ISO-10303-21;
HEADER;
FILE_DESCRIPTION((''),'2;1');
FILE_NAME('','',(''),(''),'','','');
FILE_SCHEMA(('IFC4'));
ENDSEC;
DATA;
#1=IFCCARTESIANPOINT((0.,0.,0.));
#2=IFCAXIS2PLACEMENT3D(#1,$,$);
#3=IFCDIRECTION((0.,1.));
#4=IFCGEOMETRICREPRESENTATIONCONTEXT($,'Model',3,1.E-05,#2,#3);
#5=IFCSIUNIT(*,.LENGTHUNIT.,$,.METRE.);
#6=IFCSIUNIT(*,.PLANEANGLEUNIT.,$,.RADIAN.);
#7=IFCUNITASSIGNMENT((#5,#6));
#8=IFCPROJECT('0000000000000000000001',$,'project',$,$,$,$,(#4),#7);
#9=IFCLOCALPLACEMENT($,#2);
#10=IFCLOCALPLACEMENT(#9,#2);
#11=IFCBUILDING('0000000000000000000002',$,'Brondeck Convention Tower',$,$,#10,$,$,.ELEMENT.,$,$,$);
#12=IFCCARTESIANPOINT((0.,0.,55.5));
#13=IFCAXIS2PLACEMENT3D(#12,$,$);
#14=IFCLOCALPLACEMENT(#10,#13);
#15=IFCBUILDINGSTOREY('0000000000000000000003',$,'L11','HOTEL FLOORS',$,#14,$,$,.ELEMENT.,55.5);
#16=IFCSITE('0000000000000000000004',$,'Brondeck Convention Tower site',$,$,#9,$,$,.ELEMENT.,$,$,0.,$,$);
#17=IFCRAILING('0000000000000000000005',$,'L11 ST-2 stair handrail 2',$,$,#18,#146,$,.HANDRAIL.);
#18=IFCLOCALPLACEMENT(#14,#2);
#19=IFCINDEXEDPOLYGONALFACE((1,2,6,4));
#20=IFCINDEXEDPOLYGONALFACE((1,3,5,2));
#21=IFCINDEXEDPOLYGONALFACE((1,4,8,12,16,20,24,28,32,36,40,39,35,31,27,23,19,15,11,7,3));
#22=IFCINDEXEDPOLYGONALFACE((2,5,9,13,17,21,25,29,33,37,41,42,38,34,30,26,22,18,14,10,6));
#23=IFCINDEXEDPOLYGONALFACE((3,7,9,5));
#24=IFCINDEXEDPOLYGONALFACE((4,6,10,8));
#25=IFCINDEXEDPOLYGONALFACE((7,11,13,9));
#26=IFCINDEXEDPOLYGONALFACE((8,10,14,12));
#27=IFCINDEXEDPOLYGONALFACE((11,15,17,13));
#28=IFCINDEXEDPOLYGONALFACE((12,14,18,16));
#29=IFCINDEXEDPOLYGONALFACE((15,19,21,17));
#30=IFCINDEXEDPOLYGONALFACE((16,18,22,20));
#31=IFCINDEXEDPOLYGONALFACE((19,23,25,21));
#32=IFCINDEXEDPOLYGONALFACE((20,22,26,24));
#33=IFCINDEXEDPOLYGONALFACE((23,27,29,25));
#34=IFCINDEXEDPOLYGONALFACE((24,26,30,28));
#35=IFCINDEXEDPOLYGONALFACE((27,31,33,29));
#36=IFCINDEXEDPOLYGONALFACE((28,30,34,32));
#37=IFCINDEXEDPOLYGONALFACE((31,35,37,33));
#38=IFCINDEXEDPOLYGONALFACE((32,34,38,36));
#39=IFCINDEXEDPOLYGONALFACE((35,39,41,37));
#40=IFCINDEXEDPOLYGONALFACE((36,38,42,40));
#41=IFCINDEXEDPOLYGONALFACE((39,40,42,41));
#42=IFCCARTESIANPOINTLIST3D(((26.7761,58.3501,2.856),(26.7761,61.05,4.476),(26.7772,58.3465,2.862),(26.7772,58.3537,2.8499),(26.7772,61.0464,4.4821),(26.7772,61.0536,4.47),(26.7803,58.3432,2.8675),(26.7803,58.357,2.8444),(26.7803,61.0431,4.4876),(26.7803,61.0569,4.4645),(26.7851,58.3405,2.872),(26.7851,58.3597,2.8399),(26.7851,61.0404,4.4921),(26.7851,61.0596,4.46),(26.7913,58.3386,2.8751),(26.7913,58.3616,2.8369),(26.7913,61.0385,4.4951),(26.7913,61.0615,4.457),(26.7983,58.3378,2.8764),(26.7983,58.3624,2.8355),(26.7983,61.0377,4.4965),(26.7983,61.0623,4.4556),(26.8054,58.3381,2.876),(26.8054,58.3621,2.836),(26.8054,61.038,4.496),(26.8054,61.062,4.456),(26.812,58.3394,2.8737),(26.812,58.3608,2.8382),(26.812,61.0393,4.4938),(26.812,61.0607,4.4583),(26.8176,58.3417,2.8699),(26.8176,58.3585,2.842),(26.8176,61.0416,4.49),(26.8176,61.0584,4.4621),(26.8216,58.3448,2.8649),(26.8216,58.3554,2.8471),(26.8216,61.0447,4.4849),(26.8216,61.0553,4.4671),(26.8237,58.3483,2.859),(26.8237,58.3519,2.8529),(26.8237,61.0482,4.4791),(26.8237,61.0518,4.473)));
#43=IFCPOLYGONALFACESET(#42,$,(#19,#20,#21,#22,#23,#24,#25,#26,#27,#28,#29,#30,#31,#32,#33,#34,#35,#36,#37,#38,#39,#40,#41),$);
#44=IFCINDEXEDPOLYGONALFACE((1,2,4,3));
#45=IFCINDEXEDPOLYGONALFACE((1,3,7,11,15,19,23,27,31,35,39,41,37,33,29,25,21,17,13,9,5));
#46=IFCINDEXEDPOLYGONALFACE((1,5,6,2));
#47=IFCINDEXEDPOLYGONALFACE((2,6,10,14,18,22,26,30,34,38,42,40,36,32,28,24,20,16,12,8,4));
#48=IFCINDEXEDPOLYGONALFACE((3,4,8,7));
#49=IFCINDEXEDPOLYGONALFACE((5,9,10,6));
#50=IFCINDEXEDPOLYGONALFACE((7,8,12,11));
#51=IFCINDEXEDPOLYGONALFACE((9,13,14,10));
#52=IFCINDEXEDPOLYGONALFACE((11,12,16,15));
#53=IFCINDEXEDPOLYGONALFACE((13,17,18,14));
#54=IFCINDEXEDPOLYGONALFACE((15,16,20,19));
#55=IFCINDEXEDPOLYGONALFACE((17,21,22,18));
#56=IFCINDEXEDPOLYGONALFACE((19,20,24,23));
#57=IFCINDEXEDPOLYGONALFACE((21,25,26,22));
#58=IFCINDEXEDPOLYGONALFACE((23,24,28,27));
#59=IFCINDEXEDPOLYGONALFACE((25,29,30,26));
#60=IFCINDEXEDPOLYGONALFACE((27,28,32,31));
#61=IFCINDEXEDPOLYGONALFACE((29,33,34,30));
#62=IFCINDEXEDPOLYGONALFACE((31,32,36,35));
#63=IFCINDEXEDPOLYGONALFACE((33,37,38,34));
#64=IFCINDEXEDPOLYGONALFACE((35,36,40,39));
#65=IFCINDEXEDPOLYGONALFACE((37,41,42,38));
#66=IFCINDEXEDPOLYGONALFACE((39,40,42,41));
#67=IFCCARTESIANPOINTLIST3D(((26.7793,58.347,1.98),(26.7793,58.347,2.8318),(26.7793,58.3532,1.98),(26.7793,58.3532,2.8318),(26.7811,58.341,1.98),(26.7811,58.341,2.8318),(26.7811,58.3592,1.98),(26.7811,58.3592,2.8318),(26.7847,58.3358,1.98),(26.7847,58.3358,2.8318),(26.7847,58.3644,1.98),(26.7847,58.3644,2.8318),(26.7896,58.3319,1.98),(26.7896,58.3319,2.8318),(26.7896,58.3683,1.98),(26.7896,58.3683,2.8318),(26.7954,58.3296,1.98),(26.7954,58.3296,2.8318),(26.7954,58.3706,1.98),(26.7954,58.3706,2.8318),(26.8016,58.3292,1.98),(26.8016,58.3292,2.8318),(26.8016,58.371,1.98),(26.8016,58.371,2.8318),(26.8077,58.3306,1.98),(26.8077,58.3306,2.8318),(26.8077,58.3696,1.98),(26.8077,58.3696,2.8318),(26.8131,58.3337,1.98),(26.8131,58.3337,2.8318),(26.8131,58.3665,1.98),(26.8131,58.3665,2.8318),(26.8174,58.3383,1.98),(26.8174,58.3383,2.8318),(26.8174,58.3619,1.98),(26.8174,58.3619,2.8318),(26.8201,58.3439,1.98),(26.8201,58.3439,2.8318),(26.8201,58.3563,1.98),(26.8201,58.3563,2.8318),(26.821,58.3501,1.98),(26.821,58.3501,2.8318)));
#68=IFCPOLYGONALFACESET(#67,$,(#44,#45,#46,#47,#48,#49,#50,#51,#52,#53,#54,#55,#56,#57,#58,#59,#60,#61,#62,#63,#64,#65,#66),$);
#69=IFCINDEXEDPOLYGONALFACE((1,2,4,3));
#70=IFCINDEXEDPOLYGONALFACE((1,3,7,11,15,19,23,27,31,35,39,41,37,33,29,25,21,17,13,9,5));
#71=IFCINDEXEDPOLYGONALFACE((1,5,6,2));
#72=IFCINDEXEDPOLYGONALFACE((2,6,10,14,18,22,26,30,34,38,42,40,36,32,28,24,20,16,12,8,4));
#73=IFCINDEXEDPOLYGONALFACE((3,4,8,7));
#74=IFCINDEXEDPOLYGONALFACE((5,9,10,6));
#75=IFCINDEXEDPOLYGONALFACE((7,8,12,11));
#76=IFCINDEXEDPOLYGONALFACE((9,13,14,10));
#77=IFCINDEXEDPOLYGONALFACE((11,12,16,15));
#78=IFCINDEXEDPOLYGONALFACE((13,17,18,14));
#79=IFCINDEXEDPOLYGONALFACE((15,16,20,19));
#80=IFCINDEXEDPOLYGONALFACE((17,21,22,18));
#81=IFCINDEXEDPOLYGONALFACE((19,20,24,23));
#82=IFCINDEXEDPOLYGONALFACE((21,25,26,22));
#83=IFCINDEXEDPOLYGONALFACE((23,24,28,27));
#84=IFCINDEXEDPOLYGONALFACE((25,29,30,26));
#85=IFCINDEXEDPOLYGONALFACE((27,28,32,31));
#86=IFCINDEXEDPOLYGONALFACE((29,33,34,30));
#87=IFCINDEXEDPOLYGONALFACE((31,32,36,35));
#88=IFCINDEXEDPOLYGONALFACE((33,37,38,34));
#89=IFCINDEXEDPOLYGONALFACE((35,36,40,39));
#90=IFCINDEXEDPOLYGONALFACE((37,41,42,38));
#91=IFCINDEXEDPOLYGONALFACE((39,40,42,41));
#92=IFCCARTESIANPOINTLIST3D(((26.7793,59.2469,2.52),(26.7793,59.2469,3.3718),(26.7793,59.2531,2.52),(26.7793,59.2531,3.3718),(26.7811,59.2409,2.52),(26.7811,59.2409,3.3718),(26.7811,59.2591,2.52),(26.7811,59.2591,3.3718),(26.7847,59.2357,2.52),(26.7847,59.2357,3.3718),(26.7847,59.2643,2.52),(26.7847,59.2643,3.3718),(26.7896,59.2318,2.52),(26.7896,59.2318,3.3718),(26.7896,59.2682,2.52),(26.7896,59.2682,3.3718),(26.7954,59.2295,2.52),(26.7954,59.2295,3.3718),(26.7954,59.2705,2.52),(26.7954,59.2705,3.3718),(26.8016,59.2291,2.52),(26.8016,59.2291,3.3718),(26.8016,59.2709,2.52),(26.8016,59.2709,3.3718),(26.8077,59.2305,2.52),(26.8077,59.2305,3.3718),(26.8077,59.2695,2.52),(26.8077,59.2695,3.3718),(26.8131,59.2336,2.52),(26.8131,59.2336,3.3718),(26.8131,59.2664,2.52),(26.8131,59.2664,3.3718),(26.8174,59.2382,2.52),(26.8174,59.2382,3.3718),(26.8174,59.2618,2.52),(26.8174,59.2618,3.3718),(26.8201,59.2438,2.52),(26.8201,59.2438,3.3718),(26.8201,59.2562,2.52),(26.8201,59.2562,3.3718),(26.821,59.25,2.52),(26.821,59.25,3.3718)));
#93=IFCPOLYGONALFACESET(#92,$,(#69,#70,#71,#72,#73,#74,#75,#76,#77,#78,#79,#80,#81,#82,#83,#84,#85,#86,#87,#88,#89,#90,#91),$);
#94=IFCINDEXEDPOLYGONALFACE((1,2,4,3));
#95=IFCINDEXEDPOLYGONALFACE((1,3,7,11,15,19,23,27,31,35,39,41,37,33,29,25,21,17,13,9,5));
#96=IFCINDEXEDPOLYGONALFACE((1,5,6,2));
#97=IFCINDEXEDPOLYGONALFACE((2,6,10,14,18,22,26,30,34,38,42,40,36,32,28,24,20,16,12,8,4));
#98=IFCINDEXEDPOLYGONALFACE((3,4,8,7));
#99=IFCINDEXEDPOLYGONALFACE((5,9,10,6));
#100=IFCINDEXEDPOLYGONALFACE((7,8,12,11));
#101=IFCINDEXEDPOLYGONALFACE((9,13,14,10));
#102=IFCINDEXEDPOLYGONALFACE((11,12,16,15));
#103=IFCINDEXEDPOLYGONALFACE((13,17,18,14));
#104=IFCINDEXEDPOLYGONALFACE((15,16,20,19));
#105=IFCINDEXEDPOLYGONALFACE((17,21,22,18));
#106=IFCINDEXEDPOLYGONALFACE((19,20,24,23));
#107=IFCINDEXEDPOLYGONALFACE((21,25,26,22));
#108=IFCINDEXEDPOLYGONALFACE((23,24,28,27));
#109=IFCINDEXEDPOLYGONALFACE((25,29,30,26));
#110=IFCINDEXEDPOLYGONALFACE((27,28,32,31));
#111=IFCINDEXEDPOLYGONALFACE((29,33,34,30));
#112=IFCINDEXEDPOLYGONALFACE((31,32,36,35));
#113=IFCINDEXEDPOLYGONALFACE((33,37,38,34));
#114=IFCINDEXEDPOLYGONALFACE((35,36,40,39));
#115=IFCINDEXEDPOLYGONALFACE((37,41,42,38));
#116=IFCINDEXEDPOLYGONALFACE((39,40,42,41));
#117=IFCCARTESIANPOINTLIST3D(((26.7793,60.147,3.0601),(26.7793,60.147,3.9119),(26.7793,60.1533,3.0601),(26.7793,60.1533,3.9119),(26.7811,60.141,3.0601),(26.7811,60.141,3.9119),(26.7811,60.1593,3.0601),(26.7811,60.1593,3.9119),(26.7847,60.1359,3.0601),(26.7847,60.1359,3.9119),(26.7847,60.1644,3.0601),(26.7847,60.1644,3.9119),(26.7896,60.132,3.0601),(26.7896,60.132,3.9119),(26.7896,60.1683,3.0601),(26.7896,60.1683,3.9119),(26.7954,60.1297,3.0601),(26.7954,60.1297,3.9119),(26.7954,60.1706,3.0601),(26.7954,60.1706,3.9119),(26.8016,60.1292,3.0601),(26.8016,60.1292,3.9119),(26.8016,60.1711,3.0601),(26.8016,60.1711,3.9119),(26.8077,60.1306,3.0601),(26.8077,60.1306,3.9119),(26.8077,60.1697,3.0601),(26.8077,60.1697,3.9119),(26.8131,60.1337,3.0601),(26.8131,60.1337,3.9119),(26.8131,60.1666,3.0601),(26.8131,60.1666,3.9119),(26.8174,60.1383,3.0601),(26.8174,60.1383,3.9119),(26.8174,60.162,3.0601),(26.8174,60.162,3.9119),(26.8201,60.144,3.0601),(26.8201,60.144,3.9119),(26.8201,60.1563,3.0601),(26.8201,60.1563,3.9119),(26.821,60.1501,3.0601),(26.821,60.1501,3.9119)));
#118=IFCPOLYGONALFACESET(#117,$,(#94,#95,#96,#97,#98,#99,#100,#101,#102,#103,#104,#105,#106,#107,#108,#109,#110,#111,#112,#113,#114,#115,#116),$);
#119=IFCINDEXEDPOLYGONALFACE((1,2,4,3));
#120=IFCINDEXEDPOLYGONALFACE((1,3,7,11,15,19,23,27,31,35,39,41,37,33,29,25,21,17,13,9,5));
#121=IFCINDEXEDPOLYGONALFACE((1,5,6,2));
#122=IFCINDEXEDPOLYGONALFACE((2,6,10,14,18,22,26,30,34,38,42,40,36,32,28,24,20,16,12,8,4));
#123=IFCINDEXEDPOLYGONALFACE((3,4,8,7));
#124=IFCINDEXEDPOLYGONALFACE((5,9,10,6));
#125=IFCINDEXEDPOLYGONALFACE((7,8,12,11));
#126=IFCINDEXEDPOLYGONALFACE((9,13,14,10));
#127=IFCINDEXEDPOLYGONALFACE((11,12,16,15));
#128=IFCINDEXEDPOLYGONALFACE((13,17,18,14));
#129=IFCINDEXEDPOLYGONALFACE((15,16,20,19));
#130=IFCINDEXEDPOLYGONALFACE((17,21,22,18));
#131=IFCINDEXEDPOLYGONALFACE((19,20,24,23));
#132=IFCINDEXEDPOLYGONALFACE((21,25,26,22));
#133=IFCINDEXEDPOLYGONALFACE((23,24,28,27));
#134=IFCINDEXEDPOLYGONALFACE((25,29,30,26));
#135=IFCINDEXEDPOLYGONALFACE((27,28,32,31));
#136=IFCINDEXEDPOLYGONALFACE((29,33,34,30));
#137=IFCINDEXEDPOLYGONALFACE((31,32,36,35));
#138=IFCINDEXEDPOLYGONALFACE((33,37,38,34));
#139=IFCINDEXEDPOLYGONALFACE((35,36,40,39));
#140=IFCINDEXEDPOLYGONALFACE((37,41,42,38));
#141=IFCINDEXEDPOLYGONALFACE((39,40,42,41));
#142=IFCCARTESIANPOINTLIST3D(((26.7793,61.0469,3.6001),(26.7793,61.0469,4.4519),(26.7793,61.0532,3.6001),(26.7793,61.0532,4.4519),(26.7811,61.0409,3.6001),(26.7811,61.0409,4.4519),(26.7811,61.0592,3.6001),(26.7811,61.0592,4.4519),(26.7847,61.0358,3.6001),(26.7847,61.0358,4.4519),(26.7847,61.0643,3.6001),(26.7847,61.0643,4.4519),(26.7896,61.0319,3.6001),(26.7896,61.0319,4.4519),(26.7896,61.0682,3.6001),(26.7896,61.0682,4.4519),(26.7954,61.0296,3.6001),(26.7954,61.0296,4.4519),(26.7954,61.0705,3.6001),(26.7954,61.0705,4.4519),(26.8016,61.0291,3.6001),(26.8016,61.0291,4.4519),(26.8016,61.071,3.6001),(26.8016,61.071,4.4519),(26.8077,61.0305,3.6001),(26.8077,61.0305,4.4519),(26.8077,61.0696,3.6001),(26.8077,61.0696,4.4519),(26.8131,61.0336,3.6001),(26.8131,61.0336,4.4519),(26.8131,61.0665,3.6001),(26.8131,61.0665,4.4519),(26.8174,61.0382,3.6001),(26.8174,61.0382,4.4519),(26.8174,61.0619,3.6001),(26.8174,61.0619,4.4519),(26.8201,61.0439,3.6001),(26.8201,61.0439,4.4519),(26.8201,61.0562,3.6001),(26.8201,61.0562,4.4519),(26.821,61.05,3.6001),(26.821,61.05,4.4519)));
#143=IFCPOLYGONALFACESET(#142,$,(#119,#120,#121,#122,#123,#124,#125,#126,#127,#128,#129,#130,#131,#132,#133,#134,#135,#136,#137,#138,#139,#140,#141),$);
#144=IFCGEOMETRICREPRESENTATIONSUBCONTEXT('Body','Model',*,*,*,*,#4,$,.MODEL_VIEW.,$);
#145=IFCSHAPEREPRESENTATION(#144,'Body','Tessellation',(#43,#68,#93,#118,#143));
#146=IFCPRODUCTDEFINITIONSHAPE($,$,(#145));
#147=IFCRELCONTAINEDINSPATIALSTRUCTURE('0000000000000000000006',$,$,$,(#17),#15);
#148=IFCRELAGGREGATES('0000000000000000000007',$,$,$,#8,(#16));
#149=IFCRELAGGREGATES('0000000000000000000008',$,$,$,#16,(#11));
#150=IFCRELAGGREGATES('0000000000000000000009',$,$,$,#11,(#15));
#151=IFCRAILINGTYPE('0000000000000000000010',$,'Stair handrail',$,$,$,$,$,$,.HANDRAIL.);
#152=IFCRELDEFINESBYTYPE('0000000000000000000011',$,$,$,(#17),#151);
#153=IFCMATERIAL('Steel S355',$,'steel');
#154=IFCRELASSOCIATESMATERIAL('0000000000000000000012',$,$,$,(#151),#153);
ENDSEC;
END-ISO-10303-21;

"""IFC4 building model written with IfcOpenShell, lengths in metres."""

from ifc_helpers import new_model, si_unit, direction, frame, origin, origin_2d, place, context, subcontext, project, spatial, circle, extrude, material, type_object, element, save


model = new_model("IFC4")

# Units and contexts
model_context = context("Model", 3, precision=1e-05, world=origin(), true_north=direction((0.0, 1.0)))
body_context = subcontext(model_context, "Body", "Model", "MODEL_VIEW")
ifc_project = project(units=[si_unit("LENGTHUNIT", "METRE"), si_unit("PLANEANGLEUNIT", "RADIAN")], contexts=[model_context])

# Site, building, storey
site_placement = place(None, origin())
site = spatial("IfcSite", under=ifc_project, at=site_placement, Name="Brondeck Convention Tower site", CompositionType="ELEMENT", RefElevation=0.0)
building_placement = place(site_placement, origin())
building = spatial("IfcBuilding", under=site, at=building_placement, Name="Brondeck Convention Tower", CompositionType="ELEMENT")
storey_placement = place(building_placement, frame((0.0, 0.0, 55.5)))
storey = spatial("IfcBuildingStorey", under=building, at=storey_placement, Name="L11", Description="HOTEL FLOORS", CompositionType="ELEMENT", Elevation=55.5)

# Railing
ifc_material_1 = material(Name="Steel S355", Category="steel")
railing_type_1 = type_object("IfcRailingType", Name="Stair handrail", PredefinedType="HANDRAIL", material=ifc_material_1)
railing_1_placement = place(storey_placement, frame((26.8, 58.3501, 1.98)))
element("IfcRailing", 1, at=railing_1_placement, inside=storey, type_object=railing_type_1, Name="L11 ST-2 stair handrail 2", PredefinedType="HANDRAIL", context=body_context, shape_type="SweptSolid", body=[
    extrude(circle(Radius=0.0239, at=origin_2d()), frame((0.0, 0.0, 0.876), z_axis=(0.0, 0.857472, 0.51453), x_axis=(-1.0, 0.0, 0.0)), (0.0, 0.0, 1.0), 3.1487),
    extrude(circle(Radius=0.021, at=origin_2d()), origin(), (0.0, 0.0, 1.0), 0.8518),
    extrude(circle(Radius=0.021, at=origin_2d()), frame((0.0, 0.8999, 0.54)), (0.0, 0.0, 1.0), 0.8518),
    extrude(circle(Radius=0.021, at=origin_2d()), frame((0.0, 1.8, 1.0801)), (0.0, 0.0, 1.0), 0.8518),
    extrude(circle(Radius=0.021, at=origin_2d()), frame((0.0, 2.7, 1.6201)), (0.0, 0.0, 1.0), 0.8518),
])

save(model, "model.ifc")
